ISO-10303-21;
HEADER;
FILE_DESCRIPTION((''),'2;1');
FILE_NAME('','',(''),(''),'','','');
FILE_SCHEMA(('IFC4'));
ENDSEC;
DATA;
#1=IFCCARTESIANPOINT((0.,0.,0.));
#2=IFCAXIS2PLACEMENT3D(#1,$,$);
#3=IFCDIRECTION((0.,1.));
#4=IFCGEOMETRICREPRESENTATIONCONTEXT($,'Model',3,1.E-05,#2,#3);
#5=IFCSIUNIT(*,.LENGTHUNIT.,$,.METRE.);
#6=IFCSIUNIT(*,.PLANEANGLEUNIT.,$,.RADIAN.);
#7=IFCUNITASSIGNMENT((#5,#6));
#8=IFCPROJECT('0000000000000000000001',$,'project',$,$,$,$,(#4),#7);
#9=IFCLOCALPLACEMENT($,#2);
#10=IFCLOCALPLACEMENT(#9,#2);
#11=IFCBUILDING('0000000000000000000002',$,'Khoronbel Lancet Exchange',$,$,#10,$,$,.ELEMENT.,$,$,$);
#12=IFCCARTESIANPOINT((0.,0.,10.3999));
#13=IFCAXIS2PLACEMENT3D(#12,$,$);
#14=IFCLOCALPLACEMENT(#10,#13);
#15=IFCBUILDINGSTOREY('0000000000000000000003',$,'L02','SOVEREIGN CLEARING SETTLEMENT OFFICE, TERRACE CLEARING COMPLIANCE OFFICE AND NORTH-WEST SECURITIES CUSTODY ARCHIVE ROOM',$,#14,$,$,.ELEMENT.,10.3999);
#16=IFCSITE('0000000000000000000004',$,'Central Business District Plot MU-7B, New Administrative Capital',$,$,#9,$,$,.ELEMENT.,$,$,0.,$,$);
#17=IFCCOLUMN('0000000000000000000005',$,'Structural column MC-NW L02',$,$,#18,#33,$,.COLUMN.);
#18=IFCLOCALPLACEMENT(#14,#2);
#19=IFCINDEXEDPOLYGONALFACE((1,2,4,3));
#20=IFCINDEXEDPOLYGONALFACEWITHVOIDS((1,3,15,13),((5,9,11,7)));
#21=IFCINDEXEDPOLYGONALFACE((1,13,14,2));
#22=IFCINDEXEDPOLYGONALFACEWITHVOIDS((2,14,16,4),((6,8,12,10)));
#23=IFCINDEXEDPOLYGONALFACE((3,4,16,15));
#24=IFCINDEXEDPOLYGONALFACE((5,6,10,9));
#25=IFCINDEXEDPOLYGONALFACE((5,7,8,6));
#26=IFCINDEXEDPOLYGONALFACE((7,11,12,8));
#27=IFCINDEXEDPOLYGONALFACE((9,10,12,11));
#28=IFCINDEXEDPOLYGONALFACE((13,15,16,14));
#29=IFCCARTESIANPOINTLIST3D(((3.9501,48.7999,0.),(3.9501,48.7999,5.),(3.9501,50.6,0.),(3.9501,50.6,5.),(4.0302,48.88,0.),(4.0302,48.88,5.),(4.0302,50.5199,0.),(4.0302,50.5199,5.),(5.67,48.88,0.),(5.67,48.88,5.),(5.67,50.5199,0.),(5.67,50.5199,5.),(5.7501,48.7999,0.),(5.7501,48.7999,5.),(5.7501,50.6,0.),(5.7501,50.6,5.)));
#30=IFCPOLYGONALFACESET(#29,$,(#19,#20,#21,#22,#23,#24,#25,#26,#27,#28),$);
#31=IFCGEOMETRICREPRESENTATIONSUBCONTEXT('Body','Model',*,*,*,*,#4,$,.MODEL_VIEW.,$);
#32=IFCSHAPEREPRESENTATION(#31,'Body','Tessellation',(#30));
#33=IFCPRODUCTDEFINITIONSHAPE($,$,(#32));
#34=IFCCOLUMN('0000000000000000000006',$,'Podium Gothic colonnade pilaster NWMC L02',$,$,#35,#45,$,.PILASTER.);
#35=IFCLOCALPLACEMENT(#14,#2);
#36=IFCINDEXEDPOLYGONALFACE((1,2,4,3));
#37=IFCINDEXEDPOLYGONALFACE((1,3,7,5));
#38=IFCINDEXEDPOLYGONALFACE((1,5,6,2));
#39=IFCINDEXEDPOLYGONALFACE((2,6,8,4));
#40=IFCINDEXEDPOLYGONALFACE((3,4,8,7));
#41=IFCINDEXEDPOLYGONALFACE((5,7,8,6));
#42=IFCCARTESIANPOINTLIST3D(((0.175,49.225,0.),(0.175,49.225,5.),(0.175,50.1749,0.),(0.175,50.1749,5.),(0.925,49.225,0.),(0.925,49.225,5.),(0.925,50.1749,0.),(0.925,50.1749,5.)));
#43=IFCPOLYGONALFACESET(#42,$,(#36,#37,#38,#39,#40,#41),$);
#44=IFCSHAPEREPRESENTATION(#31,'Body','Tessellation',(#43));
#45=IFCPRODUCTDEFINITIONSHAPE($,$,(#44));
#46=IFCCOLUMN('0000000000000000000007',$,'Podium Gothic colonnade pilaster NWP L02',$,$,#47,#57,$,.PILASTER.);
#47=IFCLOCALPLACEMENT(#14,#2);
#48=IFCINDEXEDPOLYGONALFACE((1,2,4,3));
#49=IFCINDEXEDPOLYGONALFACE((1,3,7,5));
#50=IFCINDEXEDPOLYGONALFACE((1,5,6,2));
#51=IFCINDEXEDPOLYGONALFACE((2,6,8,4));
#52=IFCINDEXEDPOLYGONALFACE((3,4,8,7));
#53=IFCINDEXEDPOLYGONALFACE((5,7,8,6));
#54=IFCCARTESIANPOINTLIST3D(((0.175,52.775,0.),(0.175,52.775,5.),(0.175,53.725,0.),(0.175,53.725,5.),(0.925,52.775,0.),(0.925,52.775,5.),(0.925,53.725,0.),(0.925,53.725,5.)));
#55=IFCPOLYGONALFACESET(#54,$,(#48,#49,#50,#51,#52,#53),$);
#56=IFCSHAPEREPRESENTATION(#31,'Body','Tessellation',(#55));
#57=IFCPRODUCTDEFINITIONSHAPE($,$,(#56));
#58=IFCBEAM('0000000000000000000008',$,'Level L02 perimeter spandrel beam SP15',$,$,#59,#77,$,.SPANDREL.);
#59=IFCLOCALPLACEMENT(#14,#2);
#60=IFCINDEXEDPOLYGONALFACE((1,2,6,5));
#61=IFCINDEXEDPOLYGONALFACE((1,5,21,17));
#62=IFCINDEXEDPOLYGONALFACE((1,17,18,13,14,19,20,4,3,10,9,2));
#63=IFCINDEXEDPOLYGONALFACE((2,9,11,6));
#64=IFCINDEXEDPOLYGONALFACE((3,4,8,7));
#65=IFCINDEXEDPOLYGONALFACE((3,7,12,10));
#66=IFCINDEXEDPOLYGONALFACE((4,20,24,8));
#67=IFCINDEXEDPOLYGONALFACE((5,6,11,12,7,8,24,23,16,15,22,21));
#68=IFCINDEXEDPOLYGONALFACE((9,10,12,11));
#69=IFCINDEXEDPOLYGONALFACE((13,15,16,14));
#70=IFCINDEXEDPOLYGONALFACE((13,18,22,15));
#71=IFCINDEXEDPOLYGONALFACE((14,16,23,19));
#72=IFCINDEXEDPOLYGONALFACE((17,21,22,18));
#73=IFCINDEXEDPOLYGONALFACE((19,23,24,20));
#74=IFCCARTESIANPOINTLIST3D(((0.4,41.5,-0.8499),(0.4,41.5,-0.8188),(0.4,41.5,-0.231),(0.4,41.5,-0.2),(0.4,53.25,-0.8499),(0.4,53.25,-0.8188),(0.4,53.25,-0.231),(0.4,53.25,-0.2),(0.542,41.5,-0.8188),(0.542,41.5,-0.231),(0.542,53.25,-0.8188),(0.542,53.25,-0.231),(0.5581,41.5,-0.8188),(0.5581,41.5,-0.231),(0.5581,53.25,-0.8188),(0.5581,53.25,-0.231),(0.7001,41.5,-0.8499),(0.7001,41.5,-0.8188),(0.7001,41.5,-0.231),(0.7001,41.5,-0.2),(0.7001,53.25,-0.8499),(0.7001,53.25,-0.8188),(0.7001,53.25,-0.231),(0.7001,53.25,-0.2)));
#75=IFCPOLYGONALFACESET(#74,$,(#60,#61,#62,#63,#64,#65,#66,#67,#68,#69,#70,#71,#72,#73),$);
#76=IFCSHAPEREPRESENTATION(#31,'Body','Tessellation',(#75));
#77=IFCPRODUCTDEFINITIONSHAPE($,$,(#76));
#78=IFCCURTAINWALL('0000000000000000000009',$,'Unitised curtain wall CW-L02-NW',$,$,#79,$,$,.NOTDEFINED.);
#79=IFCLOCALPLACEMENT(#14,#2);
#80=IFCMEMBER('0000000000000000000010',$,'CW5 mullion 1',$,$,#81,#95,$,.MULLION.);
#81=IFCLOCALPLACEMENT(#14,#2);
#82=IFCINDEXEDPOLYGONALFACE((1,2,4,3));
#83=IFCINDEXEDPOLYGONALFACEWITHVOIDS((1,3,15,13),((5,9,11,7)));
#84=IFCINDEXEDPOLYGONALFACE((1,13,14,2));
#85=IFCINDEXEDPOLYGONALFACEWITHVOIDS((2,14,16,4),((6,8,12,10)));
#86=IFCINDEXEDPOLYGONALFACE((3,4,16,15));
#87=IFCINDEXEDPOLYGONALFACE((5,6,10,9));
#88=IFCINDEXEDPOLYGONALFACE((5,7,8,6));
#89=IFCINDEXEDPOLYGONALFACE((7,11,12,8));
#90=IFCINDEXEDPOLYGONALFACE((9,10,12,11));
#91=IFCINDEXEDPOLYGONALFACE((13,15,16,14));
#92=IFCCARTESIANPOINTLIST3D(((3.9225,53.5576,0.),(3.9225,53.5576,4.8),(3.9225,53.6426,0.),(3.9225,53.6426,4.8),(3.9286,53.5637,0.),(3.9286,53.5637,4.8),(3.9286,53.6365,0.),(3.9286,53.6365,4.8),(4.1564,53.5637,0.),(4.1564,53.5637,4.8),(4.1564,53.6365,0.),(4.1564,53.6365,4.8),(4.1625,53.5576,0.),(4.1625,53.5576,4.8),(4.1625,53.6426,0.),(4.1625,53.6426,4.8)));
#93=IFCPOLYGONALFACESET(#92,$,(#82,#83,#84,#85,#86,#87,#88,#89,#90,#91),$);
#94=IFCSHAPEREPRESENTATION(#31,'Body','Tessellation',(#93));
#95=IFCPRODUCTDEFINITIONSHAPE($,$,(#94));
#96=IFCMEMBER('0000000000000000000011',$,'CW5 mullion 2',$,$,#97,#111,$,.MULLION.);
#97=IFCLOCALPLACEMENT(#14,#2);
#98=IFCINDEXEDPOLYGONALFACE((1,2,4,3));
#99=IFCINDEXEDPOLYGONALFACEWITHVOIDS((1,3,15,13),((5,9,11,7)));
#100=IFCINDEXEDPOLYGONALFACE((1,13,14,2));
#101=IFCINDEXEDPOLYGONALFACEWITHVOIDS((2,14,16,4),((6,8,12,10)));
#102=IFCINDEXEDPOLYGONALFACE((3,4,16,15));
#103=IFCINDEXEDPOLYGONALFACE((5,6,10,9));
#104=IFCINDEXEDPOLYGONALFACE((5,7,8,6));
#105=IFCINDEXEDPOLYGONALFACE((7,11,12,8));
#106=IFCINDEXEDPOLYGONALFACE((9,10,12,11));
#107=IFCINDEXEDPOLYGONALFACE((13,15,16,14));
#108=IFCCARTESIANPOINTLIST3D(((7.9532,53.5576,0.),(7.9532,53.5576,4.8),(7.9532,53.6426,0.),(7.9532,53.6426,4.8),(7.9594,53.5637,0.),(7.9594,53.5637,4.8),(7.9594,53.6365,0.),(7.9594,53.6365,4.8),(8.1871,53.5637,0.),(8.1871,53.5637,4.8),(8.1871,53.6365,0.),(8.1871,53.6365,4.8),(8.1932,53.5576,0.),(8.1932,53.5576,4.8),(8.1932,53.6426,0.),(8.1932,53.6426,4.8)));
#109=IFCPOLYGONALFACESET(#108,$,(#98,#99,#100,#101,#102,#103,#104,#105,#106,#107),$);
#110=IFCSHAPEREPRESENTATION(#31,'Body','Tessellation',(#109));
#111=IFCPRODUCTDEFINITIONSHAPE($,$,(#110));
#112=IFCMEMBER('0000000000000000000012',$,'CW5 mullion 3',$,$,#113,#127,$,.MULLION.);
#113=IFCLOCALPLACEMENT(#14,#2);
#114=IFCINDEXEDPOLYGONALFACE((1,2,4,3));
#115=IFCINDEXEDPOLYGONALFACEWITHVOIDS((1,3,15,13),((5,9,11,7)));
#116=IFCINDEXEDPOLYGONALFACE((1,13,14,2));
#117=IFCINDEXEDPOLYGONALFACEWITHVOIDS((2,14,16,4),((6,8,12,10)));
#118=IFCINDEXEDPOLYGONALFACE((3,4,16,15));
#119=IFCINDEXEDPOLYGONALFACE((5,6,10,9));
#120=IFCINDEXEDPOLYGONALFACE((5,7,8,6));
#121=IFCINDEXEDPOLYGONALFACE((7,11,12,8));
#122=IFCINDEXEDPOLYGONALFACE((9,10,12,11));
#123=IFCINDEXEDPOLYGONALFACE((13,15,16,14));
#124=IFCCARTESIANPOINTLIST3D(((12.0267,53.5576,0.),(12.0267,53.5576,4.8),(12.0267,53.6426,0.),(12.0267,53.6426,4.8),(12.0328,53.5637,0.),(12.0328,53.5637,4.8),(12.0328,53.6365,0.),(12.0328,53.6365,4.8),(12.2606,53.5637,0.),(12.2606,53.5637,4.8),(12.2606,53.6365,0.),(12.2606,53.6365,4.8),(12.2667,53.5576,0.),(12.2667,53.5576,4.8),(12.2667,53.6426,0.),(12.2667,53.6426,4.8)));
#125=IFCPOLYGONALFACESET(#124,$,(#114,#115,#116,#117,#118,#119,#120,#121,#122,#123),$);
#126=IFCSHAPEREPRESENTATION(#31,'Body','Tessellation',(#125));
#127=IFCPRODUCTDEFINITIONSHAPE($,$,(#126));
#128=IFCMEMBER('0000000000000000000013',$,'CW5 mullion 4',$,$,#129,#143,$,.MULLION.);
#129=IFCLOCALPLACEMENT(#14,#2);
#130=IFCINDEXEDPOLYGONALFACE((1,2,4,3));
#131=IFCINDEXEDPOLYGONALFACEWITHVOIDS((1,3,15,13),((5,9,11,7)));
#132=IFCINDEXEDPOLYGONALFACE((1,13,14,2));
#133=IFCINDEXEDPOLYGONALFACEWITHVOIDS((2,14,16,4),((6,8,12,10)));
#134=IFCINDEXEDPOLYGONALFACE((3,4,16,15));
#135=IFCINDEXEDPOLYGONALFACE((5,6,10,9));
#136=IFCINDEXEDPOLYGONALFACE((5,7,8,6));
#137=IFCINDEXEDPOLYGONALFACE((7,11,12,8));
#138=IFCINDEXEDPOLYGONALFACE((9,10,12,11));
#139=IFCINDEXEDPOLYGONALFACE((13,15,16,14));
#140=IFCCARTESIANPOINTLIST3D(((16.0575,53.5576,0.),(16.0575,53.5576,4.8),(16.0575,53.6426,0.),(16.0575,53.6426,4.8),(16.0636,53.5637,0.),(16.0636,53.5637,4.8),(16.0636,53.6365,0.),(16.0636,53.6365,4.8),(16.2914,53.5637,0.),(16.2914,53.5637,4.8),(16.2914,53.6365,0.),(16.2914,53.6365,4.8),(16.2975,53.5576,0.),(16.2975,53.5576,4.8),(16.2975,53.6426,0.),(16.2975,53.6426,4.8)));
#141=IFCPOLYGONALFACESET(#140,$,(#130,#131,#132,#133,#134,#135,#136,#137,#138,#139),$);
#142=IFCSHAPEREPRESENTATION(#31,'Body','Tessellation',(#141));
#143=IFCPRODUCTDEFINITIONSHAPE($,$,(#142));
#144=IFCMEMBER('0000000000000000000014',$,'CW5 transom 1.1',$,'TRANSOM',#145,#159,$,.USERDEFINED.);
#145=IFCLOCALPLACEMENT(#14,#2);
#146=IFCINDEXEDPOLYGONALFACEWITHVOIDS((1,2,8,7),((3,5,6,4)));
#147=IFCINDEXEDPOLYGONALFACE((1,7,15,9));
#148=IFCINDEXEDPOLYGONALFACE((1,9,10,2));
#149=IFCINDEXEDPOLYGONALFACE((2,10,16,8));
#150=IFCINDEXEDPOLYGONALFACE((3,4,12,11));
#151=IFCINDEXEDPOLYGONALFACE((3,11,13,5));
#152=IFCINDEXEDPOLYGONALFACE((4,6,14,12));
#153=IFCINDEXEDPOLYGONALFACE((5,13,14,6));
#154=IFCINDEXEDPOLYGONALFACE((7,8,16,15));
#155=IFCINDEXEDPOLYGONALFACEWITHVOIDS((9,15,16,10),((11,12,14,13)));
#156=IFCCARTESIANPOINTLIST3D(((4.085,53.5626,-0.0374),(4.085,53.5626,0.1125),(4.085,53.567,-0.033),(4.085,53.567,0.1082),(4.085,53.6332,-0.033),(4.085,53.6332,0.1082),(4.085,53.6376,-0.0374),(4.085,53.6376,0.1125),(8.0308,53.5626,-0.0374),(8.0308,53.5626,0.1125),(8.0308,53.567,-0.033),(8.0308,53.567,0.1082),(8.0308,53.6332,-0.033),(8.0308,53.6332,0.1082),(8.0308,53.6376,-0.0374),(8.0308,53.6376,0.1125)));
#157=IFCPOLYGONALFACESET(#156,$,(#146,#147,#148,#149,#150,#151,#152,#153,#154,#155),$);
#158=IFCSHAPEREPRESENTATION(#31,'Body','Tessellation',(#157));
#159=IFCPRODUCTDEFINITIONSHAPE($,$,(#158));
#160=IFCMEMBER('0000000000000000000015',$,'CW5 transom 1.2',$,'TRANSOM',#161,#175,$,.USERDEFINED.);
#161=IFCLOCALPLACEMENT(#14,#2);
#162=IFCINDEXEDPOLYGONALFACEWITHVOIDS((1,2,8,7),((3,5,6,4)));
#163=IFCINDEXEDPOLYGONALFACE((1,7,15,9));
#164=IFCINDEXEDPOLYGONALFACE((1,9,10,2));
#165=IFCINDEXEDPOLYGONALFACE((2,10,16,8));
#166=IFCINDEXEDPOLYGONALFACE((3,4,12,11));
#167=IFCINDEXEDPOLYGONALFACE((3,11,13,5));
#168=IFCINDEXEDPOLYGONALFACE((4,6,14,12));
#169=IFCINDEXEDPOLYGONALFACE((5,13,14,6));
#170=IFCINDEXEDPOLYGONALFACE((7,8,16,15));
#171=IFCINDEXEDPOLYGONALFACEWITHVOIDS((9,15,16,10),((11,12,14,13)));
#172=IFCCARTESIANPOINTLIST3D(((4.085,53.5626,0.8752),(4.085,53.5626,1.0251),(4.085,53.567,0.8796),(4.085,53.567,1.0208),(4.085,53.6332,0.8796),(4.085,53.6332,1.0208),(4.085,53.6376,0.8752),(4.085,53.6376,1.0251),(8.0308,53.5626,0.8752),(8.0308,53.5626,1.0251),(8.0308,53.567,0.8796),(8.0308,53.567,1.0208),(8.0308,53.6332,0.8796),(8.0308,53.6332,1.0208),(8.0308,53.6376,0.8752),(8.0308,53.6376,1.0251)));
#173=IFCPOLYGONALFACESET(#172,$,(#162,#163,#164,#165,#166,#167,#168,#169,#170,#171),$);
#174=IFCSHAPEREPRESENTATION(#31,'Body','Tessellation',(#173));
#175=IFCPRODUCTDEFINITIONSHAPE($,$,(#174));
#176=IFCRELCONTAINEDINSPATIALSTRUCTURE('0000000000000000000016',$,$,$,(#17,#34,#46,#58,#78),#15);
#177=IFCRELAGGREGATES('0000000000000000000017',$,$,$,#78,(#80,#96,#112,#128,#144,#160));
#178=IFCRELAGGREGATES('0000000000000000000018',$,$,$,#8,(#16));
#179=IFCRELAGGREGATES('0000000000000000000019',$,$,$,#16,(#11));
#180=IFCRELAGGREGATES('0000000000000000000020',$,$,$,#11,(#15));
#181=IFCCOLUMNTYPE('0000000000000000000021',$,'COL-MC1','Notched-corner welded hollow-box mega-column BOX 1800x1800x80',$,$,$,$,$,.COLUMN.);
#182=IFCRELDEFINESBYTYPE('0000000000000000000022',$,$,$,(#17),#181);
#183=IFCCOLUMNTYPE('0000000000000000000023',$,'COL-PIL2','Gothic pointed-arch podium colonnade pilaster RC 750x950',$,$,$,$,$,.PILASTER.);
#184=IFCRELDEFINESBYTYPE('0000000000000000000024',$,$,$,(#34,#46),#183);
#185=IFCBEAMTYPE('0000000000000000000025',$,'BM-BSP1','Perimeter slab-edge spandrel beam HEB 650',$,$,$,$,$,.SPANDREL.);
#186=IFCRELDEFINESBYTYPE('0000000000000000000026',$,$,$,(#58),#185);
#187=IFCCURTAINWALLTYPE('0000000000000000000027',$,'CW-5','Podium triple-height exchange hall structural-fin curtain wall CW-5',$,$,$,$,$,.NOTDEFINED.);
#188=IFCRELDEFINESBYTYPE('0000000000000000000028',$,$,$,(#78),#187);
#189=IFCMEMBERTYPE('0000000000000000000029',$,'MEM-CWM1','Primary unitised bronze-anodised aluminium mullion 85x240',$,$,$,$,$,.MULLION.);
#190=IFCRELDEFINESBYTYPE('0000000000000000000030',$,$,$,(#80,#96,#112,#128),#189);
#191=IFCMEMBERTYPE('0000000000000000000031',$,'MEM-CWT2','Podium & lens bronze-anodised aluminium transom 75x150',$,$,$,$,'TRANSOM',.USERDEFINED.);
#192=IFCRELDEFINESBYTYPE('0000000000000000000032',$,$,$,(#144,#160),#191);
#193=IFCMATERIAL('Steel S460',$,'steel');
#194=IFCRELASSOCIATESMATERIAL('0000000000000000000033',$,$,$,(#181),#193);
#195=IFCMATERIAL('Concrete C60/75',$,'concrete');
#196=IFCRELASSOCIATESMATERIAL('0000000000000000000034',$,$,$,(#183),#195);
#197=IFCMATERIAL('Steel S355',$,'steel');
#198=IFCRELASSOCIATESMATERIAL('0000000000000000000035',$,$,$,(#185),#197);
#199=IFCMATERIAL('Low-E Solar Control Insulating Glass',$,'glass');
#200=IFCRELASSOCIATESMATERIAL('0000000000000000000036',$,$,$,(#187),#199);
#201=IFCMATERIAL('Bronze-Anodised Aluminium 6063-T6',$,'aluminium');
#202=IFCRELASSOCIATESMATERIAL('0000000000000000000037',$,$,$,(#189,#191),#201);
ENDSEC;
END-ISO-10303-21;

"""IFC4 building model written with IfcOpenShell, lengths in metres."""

from ifc_helpers import new_model, si_unit, direction, frame, origin, origin_2d, place, context, subcontext, project, spatial, rectangle, hollow_rectangle, i_section, extrude, material, material_profile, profile_set, type_object, element, aggregate, save


model = new_model("IFC4")

# Units and contexts
model_context = context("Model", 3, precision=1e-05, world=origin(), true_north=direction((0.0, 1.0)))
body_context = subcontext(model_context, "Body", "Model", "MODEL_VIEW")
ifc_project = project(units=[si_unit("LENGTHUNIT", "METRE"), si_unit("PLANEANGLEUNIT", "RADIAN")], contexts=[model_context])

# Site, building, storey
site_placement = place(None, origin())
site = spatial("IfcSite", under=ifc_project, at=site_placement, Name="Central Business District Plot MU-7B, New Administrative Capital", CompositionType="ELEMENT", RefElevation=0.0)
building_placement = place(site_placement, origin())
building = spatial("IfcBuilding", under=site, at=building_placement, Name="Khoronbel Lancet Exchange", CompositionType="ELEMENT")
storey_placement = place(building_placement, frame((0.0, 0.0, 10.3999)))
storey = spatial("IfcBuildingStorey", under=building, at=storey_placement, Name="L02", Description="SOVEREIGN CLEARING SETTLEMENT OFFICE, TERRACE CLEARING COMPLIANCE OFFICE AND NORTH-WEST SECURITIES CUSTODY ARCHIVE ROOM", CompositionType="ELEMENT", Elevation=10.3999)

# Columns
ifc_material_1 = material(Name="Steel S460", Category="steel")
ifc_material_profile_1 = material_profile(ifc_material_1, hollow_rectangle(XDim=1.8, YDim=1.8, WallThickness=0.0801, at=origin_2d()), Name="BOX 1800x1800x80")
ifc_profile_set_1 = profile_set([ifc_material_profile_1], Name="Steel S460")
column_type_1 = type_object("IfcColumnType", Name="COL-MC1", Description="Notched-corner welded hollow-box mega-column BOX 1800x1800x80", PredefinedType="COLUMN", material=ifc_profile_set_1)
column_placement = place(storey_placement, frame((4.8501, 49.7, 0.0), z_axis=(0.0, 0.0, 1.0), x_axis=(1.0, 0.0, 0.0)))
element("IfcColumn", 1, at=column_placement, inside=storey, type_object=column_type_1, Name="Structural column MC-NW L02", PredefinedType="COLUMN", context=body_context, shape_type="SweptSolid", body=[
    extrude(hollow_rectangle(XDim=1.8, YDim=1.8, WallThickness=0.0801, at=origin_2d()), origin(), (0.0, 0.0, 1.0), 5.0),
])
ifc_material_2 = material(Name="Concrete C60/75", Category="concrete")
ifc_material_profile_2 = material_profile(ifc_material_2, rectangle(XDim=0.75, YDim=0.95, at=origin_2d()), Name="RC 750x950")
ifc_profile_set_2 = profile_set([ifc_material_profile_2], Name="Concrete C60/75")
column_type_2 = type_object("IfcColumnType", Name="COL-PIL2", Description="Gothic pointed-arch podium colonnade pilaster RC 750x950", PredefinedType="PILASTER", material=ifc_profile_set_2)
for number, where, z_axis, x_axis, name in (
    (2, (0.55, 49.7, 0.0), (0.0, 0.0, 1.0), (1.0, 0.0, 0.0), "Podium Gothic colonnade pilaster NWMC L02"),
    (3, (0.55, 53.25, 0.0), (0.0, 0.0, 1.0), (1.0, 0.0, 0.0), "Podium Gothic colonnade pilaster NWP L02"),
):
    element("IfcColumn", number, at=place(storey_placement, frame(where, z_axis=z_axis, x_axis=x_axis)), inside=storey, type_object=column_type_2, Name=name, PredefinedType="PILASTER", context=body_context, shape_type="SweptSolid", body=[
        extrude(rectangle(XDim=0.75, YDim=0.95, at=origin_2d()), origin(), (0.0, 0.0, 1.0), 5.0),
    ])

# Beam
ifc_material_3 = material(Name="Steel S355", Category="steel")
ifc_material_profile_3 = material_profile(ifc_material_3, i_section(OverallWidth=0.3, OverallDepth=0.6499, WebThickness=0.0161, FlangeThickness=0.031, at=origin_2d()), Name="HEB 650")
ifc_profile_set_3 = profile_set([ifc_material_profile_3], Name="Steel S355")
beam_type = type_object("IfcBeamType", Name="BM-BSP1", Description="Perimeter slab-edge spandrel beam HEB 650", PredefinedType="SPANDREL", material=ifc_profile_set_3)
beam_placement = place(storey_placement, frame((0.55, 53.25, -0.5249), z_axis=(0.0, -1.0, 0.0), x_axis=(1.0, 0.0, 0.0)))
element("IfcBeam", 4, at=beam_placement, inside=storey, type_object=beam_type, Name="Level L02 perimeter spandrel beam SP15", PredefinedType="SPANDREL", context=body_context, shape_type="SweptSolid", body=[
    extrude(i_section(OverallWidth=0.3, OverallDepth=0.6499, WebThickness=0.0161, FlangeThickness=0.031, at=origin_2d()), origin(), (0.0, 0.0, 1.0), 11.75),
])

# Curtain wall, members
ifc_material_4 = material(Name="Low-E Solar Control Insulating Glass", Category="glass")
curtain_wall_type = type_object("IfcCurtainWallType", Name="CW-5", Description="Podium triple-height exchange hall structural-fin curtain wall CW-5", PredefinedType="NOTDEFINED", material=ifc_material_4)
curtain_wall_placement = place(storey_placement, origin())
curtain_wall = element("IfcCurtainWall", 5, at=curtain_wall_placement, inside=storey, type_object=curtain_wall_type, Name="Unitised curtain wall CW-L02-NW", PredefinedType="NOTDEFINED")
ifc_material_5 = material(Name="Bronze-Anodised Aluminium 6063-T6", Category="aluminium")
ifc_material_profile_4 = material_profile(ifc_material_5, hollow_rectangle(XDim=0.085, YDim=0.24, WallThickness=0.0061, at=origin_2d()), Name="ALU MULLION 85x240")
ifc_profile_set_4 = profile_set([ifc_material_profile_4], Name="Bronze-Anodised Aluminium 6063-T6")
member_type_1 = type_object("IfcMemberType", Name="MEM-CWM1", Description="Primary unitised bronze-anodised aluminium mullion 85x240", PredefinedType="MULLION", material=ifc_profile_set_4)
member_1_placement = place(storey_placement, frame((4.0425, 53.6001, 0.0), z_axis=(0.0, 0.0, 1.0), x_axis=(0.0, 1.0, 0.0)))
member_1 = element("IfcMember", 6, at=member_1_placement, type_object=member_type_1, Name="CW5 mullion 1", PredefinedType="MULLION", context=body_context, shape_type="SweptSolid", body=[
    extrude(hollow_rectangle(XDim=0.085, YDim=0.24, WallThickness=0.0061, at=origin_2d()), origin(), (0.0, 0.0, 1.0), 4.8),
])
member_2_placement = place(storey_placement, frame((8.0732, 53.6001, 0.0), z_axis=(0.0, 0.0, 1.0), x_axis=(0.0, 1.0, 0.0)))
member_2 = element("IfcMember", 7, at=member_2_placement, type_object=member_type_1, Name="CW5 mullion 2", PredefinedType="MULLION", context=body_context, shape_type="SweptSolid", body=[
    extrude(hollow_rectangle(XDim=0.085, YDim=0.24, WallThickness=0.0061, at=origin_2d()), origin(), (0.0, 0.0, 1.0), 4.8),
])
member_3_placement = place(storey_placement, frame((12.1467, 53.6001, 0.0), z_axis=(0.0, 0.0, 1.0), x_axis=(0.0, 1.0, 0.0)))
member_3 = element("IfcMember", 8, at=member_3_placement, type_object=member_type_1, Name="CW5 mullion 3", PredefinedType="MULLION", context=body_context, shape_type="SweptSolid", body=[
    extrude(hollow_rectangle(XDim=0.085, YDim=0.24, WallThickness=0.0061, at=origin_2d()), origin(), (0.0, 0.0, 1.0), 4.8),
])
member_4_placement = place(storey_placement, frame((16.1775, 53.6001, 0.0), z_axis=(0.0, 0.0, 1.0), x_axis=(0.0, 1.0, 0.0)))
member_4 = element("IfcMember", 9, at=member_4_placement, type_object=member_type_1, Name="CW5 mullion 4", PredefinedType="MULLION", context=body_context, shape_type="SweptSolid", body=[
    extrude(hollow_rectangle(XDim=0.085, YDim=0.24, WallThickness=0.0061, at=origin_2d()), origin(), (0.0, 0.0, 1.0), 4.8),
])
ifc_material_profile_5 = material_profile(ifc_material_5, hollow_rectangle(XDim=0.075, YDim=0.1499, WallThickness=0.0044, at=origin_2d()), Name="ALU TRANSOM 75x150")
ifc_profile_set_5 = profile_set([ifc_material_profile_5], Name="Bronze-Anodised Aluminium 6063-T6")
member_type_2 = type_object("IfcMemberType", Name="MEM-CWT2", Description="Podium & lens bronze-anodised aluminium transom 75x150", ElementType="TRANSOM", PredefinedType="USERDEFINED", material=ifc_profile_set_5)
member_5_placement = place(storey_placement, frame((4.085, 53.6001, 0.0376), z_axis=(1.0, 0.0, 0.0), x_axis=(0.0, 1.0, 0.0)))
member_5 = element("IfcMember", 10, at=member_5_placement, type_object=member_type_2, Name="CW5 transom 1.1", ObjectType="TRANSOM", PredefinedType="USERDEFINED", context=body_context, shape_type="SweptSolid", body=[
    extrude(hollow_rectangle(XDim=0.075, YDim=0.1499, WallThickness=0.0044, at=origin_2d()), origin(), (0.0, 0.0, 1.0), 3.9458),
])
member_6_placement = place(storey_placement, frame((4.085, 53.6001, 0.9502), z_axis=(1.0, 0.0, 0.0), x_axis=(0.0, 1.0, 0.0)))
member_6 = element("IfcMember", 11, at=member_6_placement, type_object=member_type_2, Name="CW5 transom 1.2", ObjectType="TRANSOM", PredefinedType="USERDEFINED", context=body_context, shape_type="SweptSolid", body=[
    extrude(hollow_rectangle(XDim=0.075, YDim=0.1499, WallThickness=0.0044, at=origin_2d()), origin(), (0.0, 0.0, 1.0), 3.9458),
])
aggregate(curtain_wall, [member_1, member_2, member_3, member_4, member_5, member_6])

save(model, "model.ifc")
